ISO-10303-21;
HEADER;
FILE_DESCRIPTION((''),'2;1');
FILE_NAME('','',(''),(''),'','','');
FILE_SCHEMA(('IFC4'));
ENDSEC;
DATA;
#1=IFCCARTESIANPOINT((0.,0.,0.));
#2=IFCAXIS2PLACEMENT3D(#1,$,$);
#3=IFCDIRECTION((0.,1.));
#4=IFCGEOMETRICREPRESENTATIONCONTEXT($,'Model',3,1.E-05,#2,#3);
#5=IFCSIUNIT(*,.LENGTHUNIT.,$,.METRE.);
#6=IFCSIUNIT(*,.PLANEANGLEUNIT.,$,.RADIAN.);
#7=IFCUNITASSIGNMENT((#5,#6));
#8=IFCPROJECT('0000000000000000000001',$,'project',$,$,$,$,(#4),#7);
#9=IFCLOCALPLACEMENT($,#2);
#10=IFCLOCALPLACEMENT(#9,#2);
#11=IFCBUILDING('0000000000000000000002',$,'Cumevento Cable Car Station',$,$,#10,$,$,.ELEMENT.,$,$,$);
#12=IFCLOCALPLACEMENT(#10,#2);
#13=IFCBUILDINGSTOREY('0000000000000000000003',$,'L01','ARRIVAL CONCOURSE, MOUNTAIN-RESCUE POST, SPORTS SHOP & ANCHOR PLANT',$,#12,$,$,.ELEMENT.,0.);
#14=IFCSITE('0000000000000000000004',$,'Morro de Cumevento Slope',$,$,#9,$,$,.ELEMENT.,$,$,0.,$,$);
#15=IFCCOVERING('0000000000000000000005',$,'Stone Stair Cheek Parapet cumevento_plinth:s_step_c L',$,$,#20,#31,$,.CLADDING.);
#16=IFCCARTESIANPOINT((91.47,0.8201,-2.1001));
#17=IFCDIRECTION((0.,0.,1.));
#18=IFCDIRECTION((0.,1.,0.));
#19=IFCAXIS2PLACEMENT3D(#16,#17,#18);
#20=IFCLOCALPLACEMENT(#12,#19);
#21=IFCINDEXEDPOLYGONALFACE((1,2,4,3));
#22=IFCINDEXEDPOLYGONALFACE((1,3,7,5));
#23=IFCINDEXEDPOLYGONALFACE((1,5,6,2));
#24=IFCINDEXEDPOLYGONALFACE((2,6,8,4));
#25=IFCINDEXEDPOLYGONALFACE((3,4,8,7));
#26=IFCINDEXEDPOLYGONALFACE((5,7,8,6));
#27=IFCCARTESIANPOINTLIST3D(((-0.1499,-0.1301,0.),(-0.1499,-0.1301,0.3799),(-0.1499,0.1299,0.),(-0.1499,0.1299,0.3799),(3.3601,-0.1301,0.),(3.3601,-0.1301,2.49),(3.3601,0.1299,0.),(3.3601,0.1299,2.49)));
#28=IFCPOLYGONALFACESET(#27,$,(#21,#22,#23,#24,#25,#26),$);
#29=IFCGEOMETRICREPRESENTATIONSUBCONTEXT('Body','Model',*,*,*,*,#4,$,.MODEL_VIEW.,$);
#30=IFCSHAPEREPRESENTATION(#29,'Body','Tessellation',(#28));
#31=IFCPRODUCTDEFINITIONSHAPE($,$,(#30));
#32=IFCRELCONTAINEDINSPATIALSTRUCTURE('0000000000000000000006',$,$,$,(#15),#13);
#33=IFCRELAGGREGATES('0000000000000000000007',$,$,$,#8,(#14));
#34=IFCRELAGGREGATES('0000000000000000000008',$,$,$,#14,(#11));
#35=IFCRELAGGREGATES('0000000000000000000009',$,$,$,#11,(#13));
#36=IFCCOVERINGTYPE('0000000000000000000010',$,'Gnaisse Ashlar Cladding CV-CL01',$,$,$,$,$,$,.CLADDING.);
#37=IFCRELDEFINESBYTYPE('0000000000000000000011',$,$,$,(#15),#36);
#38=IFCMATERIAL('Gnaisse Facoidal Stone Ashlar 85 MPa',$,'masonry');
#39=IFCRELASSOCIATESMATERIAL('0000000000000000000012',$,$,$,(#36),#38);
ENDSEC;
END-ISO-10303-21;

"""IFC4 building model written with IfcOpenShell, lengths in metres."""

from ifc_helpers import new_model, si_unit, direction, frame, origin, place, context, subcontext, project, spatial, polyline, outline, extrude, material, type_object, element, save


model = new_model("IFC4")

# Units and contexts
model_context = context("Model", 3, precision=1e-05, world=origin(), true_north=direction((0.0, 1.0)))
body_context = subcontext(model_context, "Body", "Model", "MODEL_VIEW")
ifc_project = project(units=[si_unit("LENGTHUNIT", "METRE"), si_unit("PLANEANGLEUNIT", "RADIAN")], contexts=[model_context])

# Site, building, storey
site_placement = place(None, origin())
site = spatial("IfcSite", under=ifc_project, at=site_placement, Name="Morro de Cumevento Slope", CompositionType="ELEMENT", RefElevation=0.0)
building_placement = place(site_placement, origin())
building = spatial("IfcBuilding", under=site, at=building_placement, Name="Cumevento Cable Car Station", CompositionType="ELEMENT")
storey_placement = place(building_placement, origin())
storey = spatial("IfcBuildingStorey", under=building, at=storey_placement, Name="L01", Description="ARRIVAL CONCOURSE, MOUNTAIN-RESCUE POST, SPORTS SHOP & ANCHOR PLANT", CompositionType="ELEMENT", Elevation=0.0)

# Covering
ifc_material_1 = material(Name="Gnaisse Facoidal Stone Ashlar 85 MPa", Category="masonry")
covering_type = type_object("IfcCoveringType", Name="Gnaisse Ashlar Cladding CV-CL01", PredefinedType="CLADDING", material=ifc_material_1)
covering_1_placement = place(storey_placement, frame((91.47, 0.8201, -2.1001), z_axis=(0.0, 0.0, 1.0), x_axis=(0.0, 1.0, 0.0)))
element("IfcCovering", 1, at=covering_1_placement, inside=storey, type_object=covering_type, Name="Stone Stair Cheek Parapet cumevento_plinth:s_step_c L", PredefinedType="CLADDING", context=body_context, shape_type="SweptSolid", body=[
    extrude(outline(polyline([(-0.1499, 0.0), (3.3601, 0.0), (3.3601, 2.49), (-0.1499, 0.3799), (-0.1499, 0.0)])), frame((0.0, 0.1299, 0.0), z_axis=(0.0, -1.0, 0.0), x_axis=(1.0, 0.0, 0.0)), (0.0, 0.0, 1.0), 0.26),
])

save(model, "model.ifc")
